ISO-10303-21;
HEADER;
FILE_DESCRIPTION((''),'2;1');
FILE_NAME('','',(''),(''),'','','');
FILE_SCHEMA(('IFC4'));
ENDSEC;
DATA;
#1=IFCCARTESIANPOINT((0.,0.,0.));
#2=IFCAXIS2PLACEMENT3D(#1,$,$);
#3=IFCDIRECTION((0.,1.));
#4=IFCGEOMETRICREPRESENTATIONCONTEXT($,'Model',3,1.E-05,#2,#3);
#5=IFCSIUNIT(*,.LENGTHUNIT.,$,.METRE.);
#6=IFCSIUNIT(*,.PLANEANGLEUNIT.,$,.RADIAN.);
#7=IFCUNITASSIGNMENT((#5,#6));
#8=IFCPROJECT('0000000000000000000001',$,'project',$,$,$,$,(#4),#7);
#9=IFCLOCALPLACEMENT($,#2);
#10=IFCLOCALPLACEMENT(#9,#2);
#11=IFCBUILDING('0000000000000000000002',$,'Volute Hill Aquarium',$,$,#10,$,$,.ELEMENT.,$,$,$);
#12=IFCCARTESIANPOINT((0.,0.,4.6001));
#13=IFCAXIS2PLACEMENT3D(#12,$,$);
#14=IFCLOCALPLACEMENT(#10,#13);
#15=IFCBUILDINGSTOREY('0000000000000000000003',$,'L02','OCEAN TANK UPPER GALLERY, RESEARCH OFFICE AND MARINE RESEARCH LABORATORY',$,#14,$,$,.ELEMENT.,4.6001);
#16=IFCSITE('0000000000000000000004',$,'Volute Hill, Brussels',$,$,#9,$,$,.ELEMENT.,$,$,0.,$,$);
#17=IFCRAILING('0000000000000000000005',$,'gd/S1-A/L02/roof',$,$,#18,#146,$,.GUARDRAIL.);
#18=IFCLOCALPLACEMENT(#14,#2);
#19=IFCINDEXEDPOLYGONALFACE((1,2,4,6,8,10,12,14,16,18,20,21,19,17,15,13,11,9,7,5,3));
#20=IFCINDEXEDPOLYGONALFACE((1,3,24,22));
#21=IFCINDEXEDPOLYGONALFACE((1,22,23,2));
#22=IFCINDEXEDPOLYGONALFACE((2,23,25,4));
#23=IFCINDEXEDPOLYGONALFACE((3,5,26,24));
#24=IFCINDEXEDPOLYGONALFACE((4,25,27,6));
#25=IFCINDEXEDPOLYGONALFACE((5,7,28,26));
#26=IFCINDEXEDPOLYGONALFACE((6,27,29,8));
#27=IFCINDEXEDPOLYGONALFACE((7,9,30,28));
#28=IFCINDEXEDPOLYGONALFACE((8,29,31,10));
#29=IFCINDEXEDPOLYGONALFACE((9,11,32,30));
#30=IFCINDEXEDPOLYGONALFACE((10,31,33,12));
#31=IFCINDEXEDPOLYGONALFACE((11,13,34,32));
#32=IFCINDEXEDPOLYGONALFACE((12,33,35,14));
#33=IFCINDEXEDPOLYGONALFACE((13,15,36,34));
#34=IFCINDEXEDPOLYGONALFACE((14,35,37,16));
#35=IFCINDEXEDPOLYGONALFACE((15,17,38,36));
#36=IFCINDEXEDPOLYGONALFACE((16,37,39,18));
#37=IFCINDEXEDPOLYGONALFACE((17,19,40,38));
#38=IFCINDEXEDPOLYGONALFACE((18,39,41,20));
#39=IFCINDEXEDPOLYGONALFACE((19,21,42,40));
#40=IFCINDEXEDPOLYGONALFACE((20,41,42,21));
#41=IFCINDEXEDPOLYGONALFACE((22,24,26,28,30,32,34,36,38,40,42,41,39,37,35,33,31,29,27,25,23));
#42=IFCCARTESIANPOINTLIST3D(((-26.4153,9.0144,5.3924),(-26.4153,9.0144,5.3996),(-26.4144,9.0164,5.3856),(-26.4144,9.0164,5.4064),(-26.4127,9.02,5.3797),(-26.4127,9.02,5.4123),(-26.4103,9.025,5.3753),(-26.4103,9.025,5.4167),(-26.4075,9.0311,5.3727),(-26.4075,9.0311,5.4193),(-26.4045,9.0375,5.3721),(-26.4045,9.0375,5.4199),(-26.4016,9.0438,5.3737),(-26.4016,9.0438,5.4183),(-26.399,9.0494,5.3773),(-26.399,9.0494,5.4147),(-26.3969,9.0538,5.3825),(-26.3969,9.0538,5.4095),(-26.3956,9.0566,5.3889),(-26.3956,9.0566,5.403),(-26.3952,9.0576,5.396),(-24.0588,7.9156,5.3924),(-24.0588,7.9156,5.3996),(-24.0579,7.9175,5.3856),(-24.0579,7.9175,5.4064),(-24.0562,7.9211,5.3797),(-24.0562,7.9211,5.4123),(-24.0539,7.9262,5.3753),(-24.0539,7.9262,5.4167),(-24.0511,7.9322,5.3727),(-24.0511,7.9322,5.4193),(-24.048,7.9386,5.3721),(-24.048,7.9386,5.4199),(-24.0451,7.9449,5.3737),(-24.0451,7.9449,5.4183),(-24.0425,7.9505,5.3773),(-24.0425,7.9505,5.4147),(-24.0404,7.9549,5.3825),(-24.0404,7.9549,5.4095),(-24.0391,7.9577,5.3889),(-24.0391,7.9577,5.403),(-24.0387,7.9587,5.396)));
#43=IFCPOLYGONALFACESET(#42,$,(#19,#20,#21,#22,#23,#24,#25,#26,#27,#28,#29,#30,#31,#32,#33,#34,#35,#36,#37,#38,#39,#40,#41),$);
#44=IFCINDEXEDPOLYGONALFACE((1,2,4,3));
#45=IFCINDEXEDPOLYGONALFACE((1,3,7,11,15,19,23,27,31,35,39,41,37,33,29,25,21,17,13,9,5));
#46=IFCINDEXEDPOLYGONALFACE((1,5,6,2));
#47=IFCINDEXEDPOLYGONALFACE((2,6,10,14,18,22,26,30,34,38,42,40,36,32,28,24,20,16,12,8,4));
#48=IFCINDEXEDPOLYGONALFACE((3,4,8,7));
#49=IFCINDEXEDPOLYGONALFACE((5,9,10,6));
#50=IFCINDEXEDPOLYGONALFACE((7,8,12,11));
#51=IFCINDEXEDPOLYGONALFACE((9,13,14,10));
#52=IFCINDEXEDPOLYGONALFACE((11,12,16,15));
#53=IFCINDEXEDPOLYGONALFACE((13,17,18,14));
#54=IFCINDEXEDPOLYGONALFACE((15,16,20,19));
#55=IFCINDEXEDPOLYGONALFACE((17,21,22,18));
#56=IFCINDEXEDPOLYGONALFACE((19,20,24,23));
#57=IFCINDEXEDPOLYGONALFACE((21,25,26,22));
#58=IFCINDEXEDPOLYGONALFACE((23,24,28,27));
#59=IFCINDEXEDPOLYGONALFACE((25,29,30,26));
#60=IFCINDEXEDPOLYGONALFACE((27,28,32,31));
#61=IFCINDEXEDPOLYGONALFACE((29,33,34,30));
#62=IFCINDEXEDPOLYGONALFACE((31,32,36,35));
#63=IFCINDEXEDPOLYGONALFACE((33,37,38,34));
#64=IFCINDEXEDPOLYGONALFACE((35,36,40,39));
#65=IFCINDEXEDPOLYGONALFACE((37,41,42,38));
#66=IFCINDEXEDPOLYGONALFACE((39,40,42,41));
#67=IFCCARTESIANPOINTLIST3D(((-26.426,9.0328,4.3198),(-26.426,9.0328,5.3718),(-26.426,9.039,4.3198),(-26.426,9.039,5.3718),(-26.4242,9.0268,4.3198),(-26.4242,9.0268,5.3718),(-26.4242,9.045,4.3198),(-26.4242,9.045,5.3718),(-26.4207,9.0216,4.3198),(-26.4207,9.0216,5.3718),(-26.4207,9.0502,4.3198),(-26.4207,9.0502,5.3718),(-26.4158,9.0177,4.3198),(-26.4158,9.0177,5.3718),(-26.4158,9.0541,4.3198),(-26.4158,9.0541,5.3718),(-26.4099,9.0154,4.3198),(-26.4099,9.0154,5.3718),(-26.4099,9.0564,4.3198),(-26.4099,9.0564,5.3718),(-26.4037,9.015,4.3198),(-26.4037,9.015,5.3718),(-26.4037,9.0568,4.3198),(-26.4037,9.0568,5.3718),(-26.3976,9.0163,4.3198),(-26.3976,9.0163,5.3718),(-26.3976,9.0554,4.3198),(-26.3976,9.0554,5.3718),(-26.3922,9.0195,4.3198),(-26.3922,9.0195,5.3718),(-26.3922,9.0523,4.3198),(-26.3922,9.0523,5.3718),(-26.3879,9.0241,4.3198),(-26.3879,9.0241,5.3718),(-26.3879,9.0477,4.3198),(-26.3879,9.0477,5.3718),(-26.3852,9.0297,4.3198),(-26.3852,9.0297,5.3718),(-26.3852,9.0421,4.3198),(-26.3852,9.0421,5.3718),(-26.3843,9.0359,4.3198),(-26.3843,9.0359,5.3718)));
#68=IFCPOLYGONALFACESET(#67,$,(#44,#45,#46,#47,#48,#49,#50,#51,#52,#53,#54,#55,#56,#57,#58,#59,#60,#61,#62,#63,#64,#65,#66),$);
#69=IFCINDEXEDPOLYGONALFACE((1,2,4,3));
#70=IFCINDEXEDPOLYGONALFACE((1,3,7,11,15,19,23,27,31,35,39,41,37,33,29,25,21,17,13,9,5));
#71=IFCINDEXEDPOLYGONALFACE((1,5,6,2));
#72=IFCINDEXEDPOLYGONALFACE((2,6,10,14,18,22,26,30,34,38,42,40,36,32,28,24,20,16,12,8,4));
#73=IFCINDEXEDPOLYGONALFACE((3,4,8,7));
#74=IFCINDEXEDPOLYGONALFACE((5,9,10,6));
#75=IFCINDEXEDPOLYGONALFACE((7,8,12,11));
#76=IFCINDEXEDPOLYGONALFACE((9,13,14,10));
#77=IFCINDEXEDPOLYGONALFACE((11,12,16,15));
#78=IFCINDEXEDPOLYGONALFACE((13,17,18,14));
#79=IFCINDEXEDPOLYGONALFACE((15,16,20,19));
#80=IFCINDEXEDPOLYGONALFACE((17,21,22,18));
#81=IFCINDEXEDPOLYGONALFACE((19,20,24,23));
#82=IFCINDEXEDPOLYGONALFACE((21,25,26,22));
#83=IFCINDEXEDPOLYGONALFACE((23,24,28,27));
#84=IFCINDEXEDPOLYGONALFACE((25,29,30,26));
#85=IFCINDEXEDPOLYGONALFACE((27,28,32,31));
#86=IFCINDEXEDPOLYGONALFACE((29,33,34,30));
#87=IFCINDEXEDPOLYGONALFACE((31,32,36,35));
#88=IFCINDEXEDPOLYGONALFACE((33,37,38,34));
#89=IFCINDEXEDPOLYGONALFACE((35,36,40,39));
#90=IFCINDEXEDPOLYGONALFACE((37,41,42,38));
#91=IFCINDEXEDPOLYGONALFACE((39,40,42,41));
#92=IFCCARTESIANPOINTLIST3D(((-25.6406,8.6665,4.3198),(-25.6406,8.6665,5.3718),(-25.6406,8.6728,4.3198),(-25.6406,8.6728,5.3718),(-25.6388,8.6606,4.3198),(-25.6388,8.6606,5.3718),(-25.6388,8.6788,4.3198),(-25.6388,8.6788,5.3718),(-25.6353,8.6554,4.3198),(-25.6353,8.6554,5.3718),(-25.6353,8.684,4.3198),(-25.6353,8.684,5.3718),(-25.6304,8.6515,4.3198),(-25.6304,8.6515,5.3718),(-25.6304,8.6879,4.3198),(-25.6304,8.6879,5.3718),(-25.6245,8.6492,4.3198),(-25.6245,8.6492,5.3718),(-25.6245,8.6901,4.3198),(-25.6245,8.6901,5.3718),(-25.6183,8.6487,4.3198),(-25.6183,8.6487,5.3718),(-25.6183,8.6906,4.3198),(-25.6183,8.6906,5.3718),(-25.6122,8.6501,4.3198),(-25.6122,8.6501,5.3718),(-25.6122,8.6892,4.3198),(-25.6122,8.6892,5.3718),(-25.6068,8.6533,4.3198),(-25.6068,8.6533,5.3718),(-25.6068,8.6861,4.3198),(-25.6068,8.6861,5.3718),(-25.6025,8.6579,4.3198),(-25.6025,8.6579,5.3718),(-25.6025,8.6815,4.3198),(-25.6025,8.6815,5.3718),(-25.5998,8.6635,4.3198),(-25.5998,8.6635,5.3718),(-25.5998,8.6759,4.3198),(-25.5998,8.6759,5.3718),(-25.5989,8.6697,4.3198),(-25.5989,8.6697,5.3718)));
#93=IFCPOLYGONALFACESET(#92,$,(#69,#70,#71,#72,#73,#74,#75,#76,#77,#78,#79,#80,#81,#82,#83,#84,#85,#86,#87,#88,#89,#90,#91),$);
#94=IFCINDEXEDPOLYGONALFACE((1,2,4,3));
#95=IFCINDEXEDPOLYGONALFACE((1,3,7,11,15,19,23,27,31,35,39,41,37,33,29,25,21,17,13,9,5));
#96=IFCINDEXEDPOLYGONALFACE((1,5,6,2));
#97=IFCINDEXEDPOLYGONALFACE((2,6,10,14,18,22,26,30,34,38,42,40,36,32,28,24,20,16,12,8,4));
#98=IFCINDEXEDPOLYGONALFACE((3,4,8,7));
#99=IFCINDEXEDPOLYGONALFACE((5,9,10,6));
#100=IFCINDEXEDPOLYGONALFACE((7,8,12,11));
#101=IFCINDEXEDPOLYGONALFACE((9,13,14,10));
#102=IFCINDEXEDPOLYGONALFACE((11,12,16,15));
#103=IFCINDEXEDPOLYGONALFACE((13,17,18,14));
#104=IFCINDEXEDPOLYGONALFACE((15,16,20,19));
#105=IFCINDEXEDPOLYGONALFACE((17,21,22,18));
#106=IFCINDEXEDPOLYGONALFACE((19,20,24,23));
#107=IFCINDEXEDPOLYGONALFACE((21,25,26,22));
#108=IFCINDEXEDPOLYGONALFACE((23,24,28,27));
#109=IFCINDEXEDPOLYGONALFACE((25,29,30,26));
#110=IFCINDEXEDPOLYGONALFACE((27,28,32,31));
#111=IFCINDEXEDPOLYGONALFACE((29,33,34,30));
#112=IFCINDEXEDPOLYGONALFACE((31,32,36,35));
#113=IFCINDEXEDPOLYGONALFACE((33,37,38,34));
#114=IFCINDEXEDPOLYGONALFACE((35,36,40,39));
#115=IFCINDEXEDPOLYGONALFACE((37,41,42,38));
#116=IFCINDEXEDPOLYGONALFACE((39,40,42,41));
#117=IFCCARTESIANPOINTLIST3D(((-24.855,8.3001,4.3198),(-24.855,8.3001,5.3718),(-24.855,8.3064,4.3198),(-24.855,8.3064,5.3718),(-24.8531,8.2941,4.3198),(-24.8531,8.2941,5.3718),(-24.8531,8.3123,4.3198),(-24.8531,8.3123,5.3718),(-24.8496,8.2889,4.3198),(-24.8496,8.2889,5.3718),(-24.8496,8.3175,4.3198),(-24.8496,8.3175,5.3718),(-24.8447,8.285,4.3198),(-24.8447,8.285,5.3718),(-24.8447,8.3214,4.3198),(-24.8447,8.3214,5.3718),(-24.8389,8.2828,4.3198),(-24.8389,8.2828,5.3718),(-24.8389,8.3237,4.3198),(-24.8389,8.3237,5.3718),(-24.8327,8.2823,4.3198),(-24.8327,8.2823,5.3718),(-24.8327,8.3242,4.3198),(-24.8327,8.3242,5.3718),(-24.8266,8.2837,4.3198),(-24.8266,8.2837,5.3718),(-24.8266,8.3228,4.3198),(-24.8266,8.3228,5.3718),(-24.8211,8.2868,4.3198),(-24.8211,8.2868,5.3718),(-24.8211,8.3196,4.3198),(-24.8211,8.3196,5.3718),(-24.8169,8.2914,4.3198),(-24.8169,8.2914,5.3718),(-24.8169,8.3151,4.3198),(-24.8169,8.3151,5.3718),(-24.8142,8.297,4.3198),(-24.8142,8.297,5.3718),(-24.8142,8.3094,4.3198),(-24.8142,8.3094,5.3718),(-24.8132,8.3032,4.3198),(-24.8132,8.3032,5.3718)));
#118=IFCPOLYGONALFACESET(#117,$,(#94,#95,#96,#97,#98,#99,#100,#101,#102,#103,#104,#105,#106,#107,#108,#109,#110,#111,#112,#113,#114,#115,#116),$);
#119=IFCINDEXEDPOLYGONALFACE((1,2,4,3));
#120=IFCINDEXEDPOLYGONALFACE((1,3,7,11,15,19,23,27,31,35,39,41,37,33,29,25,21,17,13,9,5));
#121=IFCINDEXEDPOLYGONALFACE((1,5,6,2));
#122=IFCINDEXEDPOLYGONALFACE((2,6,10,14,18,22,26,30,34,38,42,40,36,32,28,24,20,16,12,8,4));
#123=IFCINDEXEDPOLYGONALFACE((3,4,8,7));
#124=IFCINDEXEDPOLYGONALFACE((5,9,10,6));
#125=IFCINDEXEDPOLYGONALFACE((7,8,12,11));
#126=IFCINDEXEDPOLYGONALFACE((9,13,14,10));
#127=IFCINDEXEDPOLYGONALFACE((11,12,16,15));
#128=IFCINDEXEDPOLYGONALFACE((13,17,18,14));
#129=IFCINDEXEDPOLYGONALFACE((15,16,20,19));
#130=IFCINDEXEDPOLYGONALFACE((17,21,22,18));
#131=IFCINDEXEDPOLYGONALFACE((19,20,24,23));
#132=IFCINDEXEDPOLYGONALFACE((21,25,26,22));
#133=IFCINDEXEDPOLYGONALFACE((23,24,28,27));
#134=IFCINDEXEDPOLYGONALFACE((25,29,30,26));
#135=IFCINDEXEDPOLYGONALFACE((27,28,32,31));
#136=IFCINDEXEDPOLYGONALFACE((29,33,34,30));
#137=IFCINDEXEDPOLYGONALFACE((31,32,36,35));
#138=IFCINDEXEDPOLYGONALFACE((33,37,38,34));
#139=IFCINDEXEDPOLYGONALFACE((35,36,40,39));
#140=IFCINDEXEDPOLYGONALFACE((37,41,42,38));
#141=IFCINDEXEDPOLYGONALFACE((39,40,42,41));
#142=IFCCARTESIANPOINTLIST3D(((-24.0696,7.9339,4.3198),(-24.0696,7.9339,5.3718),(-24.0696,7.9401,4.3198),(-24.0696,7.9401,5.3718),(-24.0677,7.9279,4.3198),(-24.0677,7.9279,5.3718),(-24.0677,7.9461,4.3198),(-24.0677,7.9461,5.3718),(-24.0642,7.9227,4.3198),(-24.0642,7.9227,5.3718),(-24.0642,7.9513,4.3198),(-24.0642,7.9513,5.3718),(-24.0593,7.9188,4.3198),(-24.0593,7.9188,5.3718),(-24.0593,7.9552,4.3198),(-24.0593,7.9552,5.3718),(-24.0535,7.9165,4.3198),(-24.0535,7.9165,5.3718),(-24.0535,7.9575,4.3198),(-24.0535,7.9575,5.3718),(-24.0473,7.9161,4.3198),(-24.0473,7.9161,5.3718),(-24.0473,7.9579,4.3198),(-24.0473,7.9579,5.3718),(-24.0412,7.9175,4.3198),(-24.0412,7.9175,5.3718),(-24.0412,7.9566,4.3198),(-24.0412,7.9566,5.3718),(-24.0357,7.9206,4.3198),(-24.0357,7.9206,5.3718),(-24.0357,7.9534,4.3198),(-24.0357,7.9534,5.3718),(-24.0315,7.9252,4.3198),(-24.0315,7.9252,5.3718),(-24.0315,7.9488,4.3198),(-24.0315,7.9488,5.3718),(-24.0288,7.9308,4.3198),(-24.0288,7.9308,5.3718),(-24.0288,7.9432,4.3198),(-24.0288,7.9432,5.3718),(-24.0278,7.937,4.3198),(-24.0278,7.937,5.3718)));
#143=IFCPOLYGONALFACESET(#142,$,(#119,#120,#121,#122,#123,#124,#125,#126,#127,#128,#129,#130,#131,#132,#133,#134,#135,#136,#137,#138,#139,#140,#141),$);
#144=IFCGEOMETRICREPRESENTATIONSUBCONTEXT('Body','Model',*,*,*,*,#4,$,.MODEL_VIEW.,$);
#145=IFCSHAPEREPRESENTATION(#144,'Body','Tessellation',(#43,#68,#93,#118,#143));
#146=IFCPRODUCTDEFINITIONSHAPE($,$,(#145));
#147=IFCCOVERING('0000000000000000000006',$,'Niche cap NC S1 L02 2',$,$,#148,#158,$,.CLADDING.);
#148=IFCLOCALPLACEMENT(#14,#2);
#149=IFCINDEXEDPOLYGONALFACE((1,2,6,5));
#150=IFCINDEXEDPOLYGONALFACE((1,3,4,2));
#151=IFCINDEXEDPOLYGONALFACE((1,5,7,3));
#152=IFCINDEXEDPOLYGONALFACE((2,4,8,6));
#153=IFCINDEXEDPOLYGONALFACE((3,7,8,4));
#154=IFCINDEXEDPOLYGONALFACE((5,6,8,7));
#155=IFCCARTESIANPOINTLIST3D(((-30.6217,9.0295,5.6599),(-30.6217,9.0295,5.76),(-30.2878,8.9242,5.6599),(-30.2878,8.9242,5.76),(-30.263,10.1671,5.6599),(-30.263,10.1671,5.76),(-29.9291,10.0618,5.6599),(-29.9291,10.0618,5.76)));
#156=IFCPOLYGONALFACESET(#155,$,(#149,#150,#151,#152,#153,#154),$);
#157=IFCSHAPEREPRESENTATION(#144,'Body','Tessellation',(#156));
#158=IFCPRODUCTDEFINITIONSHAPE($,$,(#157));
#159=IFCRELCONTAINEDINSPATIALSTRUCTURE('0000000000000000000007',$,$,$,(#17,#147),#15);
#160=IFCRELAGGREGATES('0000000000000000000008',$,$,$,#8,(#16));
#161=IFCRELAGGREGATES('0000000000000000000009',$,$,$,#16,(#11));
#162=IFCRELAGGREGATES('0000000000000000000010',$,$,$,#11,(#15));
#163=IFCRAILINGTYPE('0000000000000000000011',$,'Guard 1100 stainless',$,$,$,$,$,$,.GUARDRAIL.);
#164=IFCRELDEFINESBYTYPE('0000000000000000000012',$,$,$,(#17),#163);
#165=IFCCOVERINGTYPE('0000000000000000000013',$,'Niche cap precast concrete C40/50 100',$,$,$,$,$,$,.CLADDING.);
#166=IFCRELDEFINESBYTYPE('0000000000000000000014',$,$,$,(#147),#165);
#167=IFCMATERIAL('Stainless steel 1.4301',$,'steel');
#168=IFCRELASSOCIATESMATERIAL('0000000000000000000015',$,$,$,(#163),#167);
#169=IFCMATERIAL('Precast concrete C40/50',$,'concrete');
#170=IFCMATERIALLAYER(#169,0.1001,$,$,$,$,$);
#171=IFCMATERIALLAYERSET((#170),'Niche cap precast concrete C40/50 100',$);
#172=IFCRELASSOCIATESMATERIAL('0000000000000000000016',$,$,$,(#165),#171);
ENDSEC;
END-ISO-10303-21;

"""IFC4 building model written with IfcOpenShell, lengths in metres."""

from ifc_helpers import new_model, si_unit, direction, frame, origin, origin_2d, place, context, subcontext, project, spatial, rectangle, circle, extrude, material, layer, layer_set, type_object, element, save


model = new_model("IFC4")

# Units and contexts
model_context = context("Model", 3, precision=1e-05, world=origin(), true_north=direction((0.0, 1.0)))
body_context = subcontext(model_context, "Body", "Model", "MODEL_VIEW")
ifc_project = project(units=[si_unit("LENGTHUNIT", "METRE"), si_unit("PLANEANGLEUNIT", "RADIAN")], contexts=[model_context])

# Site, building, storey
site_placement = place(None, origin())
site = spatial("IfcSite", under=ifc_project, at=site_placement, Name="Volute Hill, Brussels", CompositionType="ELEMENT", RefElevation=0.0)
building_placement = place(site_placement, origin())
building = spatial("IfcBuilding", under=site, at=building_placement, Name="Volute Hill Aquarium", CompositionType="ELEMENT")
storey_placement = place(building_placement, frame((0.0, 0.0, 4.6001)))
storey = spatial("IfcBuildingStorey", under=building, at=storey_placement, Name="L02", Description="OCEAN TANK UPPER GALLERY, RESEARCH OFFICE AND MARINE RESEARCH LABORATORY", CompositionType="ELEMENT", Elevation=4.6001)

# Railing
ifc_material_1 = material(Name="Stainless steel 1.4301", Category="steel")
railing_type = type_object("IfcRailingType", Name="Guard 1100 stainless", PredefinedType="GUARDRAIL", material=ifc_material_1)
railing_1_placement = place(storey_placement, frame((-26.4053, 9.0359, 4.3198)))
element("IfcRailing", 1, at=railing_1_placement, inside=storey, type_object=railing_type, Name="gd/S1-A/L02/roof", PredefinedType="GUARDRAIL", context=body_context, shape_type="SweptSolid", body=[
    extrude(circle(Radius=0.0239, at=origin_2d()), frame((0.0, 0.0, 1.0762), z_axis=(0.906301, -0.422634, 0.0), x_axis=(0.422634, 0.906301, 0.0)), (0.0, 0.0, 1.0), 2.6001),
    extrude(circle(Radius=0.021, at=origin_2d()), origin(), (0.0, 0.0, 1.0), 1.052),
    extrude(circle(Radius=0.021, at=origin_2d()), frame((0.7854, -0.3662, 0.0)), (0.0, 0.0, 1.0), 1.052),
    extrude(circle(Radius=0.021, at=origin_2d()), frame((1.571, -0.7327, 0.0)), (0.0, 0.0, 1.0), 1.052),
    extrude(circle(Radius=0.021, at=origin_2d()), frame((2.3564, -1.0989, 0.0)), (0.0, 0.0, 1.0), 1.052),
])

# Covering
ifc_material_2 = material(Name="Precast concrete C40/50", Category="concrete")
ifc_layer_1 = layer(ifc_material_2, 0.1001)
ifc_layer_set_1 = layer_set([ifc_layer_1], Name="Niche cap precast concrete C40/50 100")
covering_type = type_object("IfcCoveringType", Name="Niche cap precast concrete C40/50 100", PredefinedType="CLADDING", material=ifc_layer_set_1)
covering_placement = place(storey_placement, frame((-30.2754, 9.5457, 5.6599), z_axis=(0.0, 0.0, 1.0), x_axis=(-0.3007, -0.953719, 0.0)))
element("IfcCovering", 2, at=covering_placement, inside=storey, type_object=covering_type, Name="Niche cap NC S1 L02 2", PredefinedType="CLADDING", context=body_context, shape_type="SweptSolid", body=[
    extrude(rectangle(XDim=1.1929, YDim=0.3501, at=origin_2d()), origin(), (0.0, 0.0, 1.0), 0.1001),
])

save(model, "model.ifc")
